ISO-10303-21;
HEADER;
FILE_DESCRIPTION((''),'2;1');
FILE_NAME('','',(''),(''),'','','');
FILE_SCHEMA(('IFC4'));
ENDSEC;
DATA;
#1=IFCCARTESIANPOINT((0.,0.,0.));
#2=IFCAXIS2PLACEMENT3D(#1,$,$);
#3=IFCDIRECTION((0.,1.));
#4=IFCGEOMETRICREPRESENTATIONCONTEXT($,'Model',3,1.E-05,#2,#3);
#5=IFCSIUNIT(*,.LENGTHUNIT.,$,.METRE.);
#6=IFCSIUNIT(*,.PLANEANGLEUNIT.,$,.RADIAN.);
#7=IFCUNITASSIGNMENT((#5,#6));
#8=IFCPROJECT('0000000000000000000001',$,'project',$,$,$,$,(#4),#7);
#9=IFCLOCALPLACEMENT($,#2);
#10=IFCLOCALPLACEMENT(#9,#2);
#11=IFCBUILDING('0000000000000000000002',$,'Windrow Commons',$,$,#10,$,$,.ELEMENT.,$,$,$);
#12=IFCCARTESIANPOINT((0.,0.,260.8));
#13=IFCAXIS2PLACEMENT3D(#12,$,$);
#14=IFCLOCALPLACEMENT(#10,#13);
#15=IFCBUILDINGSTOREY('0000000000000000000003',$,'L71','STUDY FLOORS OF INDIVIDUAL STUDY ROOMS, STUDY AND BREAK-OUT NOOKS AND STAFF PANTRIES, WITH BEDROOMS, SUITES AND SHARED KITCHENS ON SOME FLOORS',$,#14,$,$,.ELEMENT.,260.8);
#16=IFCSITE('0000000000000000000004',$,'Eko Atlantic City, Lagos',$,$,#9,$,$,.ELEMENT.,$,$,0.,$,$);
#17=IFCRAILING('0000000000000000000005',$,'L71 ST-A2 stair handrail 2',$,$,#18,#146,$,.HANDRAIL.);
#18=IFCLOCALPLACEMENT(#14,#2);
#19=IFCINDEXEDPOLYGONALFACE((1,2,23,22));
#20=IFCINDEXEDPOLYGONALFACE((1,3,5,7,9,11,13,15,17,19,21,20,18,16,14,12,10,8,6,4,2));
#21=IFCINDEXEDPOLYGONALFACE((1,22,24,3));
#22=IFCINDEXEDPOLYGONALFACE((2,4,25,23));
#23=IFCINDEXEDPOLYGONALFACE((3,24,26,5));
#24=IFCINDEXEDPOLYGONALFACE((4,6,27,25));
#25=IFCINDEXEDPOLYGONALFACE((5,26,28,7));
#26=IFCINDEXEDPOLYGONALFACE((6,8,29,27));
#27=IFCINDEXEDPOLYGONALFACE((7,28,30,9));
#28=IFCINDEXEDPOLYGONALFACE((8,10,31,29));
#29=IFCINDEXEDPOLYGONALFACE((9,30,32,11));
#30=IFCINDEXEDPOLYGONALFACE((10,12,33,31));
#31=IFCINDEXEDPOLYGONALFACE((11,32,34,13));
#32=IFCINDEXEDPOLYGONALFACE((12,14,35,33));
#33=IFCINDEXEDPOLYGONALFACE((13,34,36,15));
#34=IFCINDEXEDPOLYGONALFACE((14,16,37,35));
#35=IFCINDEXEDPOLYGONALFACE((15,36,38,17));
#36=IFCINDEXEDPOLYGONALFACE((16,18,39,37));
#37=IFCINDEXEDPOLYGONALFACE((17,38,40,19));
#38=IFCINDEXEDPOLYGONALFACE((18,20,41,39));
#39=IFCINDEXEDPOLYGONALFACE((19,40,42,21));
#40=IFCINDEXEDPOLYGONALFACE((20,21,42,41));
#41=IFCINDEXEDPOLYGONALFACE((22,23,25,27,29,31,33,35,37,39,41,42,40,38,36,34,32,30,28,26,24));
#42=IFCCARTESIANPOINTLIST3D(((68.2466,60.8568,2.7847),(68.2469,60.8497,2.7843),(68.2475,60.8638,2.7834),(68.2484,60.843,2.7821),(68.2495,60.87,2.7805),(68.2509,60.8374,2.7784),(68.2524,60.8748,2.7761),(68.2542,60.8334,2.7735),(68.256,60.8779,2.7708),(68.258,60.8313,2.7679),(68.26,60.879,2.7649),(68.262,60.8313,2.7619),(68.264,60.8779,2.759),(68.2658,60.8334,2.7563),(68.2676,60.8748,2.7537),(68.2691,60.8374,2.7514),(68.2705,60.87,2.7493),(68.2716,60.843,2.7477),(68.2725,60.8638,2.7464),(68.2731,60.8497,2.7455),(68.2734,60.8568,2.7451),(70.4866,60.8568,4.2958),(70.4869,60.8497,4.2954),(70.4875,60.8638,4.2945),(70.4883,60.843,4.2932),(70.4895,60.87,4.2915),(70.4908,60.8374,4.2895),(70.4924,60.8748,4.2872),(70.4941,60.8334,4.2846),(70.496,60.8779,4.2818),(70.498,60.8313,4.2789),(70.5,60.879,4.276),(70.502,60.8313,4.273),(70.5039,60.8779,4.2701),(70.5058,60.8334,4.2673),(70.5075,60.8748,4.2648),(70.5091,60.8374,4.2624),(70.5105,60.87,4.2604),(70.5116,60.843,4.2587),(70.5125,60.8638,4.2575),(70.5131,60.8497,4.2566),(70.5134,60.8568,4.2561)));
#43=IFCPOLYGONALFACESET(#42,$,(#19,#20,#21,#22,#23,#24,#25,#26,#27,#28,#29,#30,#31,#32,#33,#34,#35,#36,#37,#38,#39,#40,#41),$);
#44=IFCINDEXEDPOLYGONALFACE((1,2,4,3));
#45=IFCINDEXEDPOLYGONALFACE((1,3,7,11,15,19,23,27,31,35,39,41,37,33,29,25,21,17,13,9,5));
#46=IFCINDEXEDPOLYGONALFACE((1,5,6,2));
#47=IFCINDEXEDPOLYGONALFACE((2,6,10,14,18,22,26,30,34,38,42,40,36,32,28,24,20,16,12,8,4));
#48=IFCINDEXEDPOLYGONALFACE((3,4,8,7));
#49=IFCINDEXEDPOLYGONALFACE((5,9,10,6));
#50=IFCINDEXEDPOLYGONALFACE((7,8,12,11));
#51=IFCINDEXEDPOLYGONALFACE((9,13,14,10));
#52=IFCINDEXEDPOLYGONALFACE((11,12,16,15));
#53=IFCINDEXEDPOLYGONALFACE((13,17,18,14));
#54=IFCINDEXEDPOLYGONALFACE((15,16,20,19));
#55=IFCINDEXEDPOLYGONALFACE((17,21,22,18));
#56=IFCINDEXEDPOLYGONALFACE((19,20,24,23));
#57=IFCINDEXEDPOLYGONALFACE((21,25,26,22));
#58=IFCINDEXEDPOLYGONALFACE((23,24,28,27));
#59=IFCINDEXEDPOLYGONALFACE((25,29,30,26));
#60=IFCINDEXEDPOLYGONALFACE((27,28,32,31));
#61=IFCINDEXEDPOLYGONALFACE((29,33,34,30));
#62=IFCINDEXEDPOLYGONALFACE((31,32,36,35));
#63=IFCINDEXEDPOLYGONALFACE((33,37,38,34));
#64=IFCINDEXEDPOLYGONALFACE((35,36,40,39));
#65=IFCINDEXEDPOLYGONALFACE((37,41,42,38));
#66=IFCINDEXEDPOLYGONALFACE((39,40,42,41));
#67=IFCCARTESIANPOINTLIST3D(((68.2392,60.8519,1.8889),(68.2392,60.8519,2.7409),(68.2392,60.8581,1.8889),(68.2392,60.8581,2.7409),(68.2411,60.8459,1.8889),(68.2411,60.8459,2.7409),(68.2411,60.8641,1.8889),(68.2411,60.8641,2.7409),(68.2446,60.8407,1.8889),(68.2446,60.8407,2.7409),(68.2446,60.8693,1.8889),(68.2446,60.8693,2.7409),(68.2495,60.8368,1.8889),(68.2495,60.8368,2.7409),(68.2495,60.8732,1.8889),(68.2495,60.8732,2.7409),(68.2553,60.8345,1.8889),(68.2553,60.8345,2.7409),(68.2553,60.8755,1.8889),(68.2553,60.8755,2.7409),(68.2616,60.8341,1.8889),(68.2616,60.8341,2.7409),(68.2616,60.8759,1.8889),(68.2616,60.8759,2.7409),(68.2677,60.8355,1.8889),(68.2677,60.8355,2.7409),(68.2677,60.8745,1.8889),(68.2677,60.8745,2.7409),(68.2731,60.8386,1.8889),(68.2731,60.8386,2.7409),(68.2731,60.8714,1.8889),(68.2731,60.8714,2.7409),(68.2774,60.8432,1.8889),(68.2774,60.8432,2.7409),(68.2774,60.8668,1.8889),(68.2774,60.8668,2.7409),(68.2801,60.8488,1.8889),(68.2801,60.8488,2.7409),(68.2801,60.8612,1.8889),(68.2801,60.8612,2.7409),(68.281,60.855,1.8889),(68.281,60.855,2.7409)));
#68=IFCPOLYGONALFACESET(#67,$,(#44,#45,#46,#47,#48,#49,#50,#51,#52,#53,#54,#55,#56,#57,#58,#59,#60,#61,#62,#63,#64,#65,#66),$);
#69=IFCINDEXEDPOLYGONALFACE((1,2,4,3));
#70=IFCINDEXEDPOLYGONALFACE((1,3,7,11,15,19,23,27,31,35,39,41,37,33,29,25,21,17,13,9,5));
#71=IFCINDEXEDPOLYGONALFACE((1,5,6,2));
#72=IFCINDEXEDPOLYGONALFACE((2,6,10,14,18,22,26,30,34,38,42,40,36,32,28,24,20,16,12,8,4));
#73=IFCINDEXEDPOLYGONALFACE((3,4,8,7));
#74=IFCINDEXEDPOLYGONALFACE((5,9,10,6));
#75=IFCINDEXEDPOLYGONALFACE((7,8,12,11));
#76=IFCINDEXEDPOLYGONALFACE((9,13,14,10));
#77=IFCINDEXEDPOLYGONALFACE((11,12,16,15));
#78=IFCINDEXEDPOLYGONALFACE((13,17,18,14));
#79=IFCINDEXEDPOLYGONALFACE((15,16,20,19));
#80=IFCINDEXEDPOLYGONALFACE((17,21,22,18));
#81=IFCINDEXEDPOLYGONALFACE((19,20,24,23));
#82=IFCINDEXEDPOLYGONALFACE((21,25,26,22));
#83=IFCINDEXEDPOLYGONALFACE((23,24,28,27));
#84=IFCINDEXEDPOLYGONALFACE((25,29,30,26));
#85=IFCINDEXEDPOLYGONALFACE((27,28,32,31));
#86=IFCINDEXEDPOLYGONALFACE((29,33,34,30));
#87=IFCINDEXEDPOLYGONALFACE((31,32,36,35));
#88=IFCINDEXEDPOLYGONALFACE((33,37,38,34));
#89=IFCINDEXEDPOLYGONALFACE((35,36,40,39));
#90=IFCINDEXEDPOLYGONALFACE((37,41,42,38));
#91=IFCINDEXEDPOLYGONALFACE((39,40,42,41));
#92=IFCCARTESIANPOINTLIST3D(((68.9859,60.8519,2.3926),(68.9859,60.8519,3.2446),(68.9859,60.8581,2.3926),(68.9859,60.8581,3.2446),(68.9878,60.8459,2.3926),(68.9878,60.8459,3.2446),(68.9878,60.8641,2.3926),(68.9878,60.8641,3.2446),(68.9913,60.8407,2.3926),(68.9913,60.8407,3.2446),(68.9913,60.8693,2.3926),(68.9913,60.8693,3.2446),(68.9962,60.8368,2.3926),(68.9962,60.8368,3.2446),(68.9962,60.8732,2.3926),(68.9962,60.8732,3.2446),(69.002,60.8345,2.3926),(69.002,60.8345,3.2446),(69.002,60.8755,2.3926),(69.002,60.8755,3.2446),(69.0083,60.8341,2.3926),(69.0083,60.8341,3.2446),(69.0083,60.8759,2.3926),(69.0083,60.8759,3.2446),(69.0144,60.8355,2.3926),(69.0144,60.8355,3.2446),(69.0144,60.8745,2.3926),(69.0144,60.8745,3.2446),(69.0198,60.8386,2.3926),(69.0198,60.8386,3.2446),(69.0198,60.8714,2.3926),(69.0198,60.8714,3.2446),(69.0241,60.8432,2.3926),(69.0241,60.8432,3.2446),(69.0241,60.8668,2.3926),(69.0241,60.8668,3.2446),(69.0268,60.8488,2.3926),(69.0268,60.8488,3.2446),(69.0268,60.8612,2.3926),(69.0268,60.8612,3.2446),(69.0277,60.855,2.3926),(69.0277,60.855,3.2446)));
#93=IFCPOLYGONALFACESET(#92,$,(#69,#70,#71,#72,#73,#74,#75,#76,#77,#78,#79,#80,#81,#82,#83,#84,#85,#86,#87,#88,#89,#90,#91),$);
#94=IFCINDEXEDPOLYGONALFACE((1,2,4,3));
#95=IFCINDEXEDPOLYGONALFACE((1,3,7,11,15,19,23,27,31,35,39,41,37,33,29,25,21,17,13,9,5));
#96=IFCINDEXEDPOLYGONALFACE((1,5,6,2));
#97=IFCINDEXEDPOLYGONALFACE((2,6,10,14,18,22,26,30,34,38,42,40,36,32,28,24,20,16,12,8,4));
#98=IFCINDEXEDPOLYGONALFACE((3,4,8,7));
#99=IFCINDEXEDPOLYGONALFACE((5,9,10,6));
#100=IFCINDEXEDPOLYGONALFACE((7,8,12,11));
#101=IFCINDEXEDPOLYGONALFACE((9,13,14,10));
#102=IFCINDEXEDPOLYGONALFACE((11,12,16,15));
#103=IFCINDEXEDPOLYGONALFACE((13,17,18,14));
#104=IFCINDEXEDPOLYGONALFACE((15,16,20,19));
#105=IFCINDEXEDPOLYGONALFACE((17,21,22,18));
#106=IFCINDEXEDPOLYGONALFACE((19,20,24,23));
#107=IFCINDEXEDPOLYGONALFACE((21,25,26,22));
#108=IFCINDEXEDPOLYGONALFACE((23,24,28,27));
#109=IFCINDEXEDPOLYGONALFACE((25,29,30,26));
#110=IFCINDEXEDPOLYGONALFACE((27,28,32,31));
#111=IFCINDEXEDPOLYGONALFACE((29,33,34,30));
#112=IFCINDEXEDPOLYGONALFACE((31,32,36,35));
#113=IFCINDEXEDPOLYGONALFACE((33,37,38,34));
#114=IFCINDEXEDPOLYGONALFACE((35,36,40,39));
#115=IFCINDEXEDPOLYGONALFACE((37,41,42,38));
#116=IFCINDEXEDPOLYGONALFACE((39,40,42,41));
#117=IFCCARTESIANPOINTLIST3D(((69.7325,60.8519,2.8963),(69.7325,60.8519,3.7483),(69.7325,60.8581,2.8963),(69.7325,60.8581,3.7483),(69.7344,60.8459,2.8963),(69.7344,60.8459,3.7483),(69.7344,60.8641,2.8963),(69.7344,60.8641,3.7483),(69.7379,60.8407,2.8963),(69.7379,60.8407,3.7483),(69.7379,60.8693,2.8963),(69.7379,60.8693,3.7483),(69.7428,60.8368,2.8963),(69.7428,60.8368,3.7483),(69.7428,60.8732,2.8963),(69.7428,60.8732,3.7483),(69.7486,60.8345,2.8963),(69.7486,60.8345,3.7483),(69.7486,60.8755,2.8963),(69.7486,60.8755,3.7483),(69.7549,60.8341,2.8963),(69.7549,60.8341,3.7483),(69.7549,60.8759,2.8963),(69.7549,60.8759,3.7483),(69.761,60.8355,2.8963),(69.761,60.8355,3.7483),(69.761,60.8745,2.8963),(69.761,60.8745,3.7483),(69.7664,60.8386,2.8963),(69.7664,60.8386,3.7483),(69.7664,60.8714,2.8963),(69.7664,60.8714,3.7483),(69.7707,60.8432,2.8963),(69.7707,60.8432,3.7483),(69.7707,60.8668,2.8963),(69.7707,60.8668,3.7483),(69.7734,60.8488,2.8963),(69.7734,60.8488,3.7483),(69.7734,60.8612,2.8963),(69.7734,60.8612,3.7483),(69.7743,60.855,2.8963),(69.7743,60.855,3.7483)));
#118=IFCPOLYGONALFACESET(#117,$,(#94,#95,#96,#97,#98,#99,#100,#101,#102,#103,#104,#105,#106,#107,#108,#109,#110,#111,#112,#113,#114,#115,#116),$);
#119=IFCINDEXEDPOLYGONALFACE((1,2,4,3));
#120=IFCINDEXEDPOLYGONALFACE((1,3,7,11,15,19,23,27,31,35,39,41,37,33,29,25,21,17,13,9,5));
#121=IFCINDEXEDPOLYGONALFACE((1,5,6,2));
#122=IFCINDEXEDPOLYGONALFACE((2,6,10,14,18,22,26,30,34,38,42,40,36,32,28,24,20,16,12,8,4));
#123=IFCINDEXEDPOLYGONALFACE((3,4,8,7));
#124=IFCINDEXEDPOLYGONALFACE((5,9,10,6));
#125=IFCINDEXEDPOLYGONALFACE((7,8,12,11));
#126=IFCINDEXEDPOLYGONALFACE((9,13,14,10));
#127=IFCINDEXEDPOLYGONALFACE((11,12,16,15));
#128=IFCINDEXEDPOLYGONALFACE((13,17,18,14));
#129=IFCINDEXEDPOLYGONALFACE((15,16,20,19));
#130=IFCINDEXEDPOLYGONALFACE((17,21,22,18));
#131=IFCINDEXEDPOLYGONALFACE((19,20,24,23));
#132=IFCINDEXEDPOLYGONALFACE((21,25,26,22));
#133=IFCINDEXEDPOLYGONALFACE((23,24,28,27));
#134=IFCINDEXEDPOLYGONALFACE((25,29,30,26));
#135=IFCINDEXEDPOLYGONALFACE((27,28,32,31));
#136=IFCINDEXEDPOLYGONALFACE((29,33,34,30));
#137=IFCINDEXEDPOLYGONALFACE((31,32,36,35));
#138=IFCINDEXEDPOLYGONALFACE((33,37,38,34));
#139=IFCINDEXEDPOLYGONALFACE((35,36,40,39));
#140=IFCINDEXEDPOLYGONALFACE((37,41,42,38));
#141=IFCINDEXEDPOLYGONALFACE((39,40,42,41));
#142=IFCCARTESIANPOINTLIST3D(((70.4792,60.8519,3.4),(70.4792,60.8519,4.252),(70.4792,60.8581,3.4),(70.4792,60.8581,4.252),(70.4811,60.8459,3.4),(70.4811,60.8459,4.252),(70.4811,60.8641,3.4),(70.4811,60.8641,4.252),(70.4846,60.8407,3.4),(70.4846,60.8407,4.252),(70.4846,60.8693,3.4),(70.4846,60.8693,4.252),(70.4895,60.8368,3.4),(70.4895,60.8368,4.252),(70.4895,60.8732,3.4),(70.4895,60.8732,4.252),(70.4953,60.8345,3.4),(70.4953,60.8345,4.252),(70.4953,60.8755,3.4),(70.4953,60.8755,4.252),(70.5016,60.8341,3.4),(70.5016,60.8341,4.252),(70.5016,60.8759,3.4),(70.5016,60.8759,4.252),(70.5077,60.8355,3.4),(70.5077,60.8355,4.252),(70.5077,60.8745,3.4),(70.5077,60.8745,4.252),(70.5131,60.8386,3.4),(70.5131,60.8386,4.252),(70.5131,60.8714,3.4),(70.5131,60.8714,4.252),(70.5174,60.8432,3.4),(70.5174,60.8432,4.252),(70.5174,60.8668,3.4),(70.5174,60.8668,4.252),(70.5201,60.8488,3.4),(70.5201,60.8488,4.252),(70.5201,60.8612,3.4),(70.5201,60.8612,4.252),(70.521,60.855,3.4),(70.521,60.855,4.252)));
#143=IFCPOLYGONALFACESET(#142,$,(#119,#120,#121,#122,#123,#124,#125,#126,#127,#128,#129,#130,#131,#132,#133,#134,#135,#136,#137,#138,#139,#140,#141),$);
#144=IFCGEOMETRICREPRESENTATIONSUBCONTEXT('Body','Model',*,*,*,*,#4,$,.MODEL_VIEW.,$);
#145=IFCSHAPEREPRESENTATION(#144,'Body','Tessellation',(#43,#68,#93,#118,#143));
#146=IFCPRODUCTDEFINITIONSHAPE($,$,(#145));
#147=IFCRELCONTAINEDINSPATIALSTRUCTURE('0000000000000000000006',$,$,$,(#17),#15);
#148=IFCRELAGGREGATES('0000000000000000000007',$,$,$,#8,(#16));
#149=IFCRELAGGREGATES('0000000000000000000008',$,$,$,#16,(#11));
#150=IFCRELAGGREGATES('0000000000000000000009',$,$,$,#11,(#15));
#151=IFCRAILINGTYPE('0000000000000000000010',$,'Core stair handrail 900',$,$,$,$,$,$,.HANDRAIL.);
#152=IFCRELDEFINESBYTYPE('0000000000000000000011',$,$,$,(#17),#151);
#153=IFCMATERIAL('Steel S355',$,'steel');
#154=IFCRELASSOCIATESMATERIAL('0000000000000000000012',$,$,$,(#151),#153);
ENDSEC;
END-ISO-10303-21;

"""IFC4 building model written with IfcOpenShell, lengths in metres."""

from ifc_helpers import new_model, si_unit, direction, frame, origin, origin_2d, place, context, subcontext, project, spatial, circle, extrude, material, type_object, element, save


model = new_model("IFC4")

# Units and contexts
model_context = context("Model", 3, precision=1e-05, world=origin(), true_north=direction((0.0, 1.0)))
body_context = subcontext(model_context, "Body", "Model", "MODEL_VIEW")
ifc_project = project(units=[si_unit("LENGTHUNIT", "METRE"), si_unit("PLANEANGLEUNIT", "RADIAN")], contexts=[model_context])

# Site, building, storey
site_placement = place(None, origin())
site = spatial("IfcSite", under=ifc_project, at=site_placement, Name="Eko Atlantic City, Lagos", CompositionType="ELEMENT", RefElevation=0.0)
building_placement = place(site_placement, origin())
building = spatial("IfcBuilding", under=site, at=building_placement, Name="Windrow Commons", CompositionType="ELEMENT")
storey_placement = place(building_placement, frame((0.0, 0.0, 260.8)))
storey = spatial("IfcBuildingStorey", under=building, at=storey_placement, Name="L71", Description="STUDY FLOORS OF INDIVIDUAL STUDY ROOMS, STUDY AND BREAK-OUT NOOKS AND STAFF PANTRIES, WITH BEDROOMS, SUITES AND SHARED KITCHENS ON SOME FLOORS", CompositionType="ELEMENT", Elevation=260.8)

# Railing
ifc_material_1 = material(Name="Steel S355", Category="steel")
railing_type_1 = type_object("IfcRailingType", Name="Core stair handrail 900", PredefinedType="HANDRAIL", material=ifc_material_1)
for number, where, name in (
    (1, (68.26, 60.855, 1.8889), "L71 ST-A2 stair handrail 2"),
):
    element("IfcRailing", number, at=place(storey_placement, frame(where)), inside=storey, type_object=railing_type_1, Name=name, PredefinedType="HANDRAIL", context=body_context, shape_type="SweptSolid", body=[
        extrude(circle(Radius=0.024, at=origin_2d()), frame((0.0, 0.0, 0.876), z_axis=(0.829003, 0.0, 0.559244), x_axis=(0.0, 1.0, 0.0)), (0.0, 0.0, 1.0), 2.702),
        extrude(circle(Radius=0.021, at=origin_2d()), origin(), (0.0, 0.0, 1.0), 0.852),
        extrude(circle(Radius=0.021, at=origin_2d()), frame((0.7467, 0.0, 0.5037)), (0.0, 0.0, 1.0), 0.852),
        extrude(circle(Radius=0.021, at=origin_2d()), frame((1.4933, 0.0, 1.0074)), (0.0, 0.0, 1.0), 0.852),
        extrude(circle(Radius=0.021, at=origin_2d()), frame((2.24, 0.0, 1.5111)), (0.0, 0.0, 1.0), 0.852),
    ])

save(model, "model.ifc")
